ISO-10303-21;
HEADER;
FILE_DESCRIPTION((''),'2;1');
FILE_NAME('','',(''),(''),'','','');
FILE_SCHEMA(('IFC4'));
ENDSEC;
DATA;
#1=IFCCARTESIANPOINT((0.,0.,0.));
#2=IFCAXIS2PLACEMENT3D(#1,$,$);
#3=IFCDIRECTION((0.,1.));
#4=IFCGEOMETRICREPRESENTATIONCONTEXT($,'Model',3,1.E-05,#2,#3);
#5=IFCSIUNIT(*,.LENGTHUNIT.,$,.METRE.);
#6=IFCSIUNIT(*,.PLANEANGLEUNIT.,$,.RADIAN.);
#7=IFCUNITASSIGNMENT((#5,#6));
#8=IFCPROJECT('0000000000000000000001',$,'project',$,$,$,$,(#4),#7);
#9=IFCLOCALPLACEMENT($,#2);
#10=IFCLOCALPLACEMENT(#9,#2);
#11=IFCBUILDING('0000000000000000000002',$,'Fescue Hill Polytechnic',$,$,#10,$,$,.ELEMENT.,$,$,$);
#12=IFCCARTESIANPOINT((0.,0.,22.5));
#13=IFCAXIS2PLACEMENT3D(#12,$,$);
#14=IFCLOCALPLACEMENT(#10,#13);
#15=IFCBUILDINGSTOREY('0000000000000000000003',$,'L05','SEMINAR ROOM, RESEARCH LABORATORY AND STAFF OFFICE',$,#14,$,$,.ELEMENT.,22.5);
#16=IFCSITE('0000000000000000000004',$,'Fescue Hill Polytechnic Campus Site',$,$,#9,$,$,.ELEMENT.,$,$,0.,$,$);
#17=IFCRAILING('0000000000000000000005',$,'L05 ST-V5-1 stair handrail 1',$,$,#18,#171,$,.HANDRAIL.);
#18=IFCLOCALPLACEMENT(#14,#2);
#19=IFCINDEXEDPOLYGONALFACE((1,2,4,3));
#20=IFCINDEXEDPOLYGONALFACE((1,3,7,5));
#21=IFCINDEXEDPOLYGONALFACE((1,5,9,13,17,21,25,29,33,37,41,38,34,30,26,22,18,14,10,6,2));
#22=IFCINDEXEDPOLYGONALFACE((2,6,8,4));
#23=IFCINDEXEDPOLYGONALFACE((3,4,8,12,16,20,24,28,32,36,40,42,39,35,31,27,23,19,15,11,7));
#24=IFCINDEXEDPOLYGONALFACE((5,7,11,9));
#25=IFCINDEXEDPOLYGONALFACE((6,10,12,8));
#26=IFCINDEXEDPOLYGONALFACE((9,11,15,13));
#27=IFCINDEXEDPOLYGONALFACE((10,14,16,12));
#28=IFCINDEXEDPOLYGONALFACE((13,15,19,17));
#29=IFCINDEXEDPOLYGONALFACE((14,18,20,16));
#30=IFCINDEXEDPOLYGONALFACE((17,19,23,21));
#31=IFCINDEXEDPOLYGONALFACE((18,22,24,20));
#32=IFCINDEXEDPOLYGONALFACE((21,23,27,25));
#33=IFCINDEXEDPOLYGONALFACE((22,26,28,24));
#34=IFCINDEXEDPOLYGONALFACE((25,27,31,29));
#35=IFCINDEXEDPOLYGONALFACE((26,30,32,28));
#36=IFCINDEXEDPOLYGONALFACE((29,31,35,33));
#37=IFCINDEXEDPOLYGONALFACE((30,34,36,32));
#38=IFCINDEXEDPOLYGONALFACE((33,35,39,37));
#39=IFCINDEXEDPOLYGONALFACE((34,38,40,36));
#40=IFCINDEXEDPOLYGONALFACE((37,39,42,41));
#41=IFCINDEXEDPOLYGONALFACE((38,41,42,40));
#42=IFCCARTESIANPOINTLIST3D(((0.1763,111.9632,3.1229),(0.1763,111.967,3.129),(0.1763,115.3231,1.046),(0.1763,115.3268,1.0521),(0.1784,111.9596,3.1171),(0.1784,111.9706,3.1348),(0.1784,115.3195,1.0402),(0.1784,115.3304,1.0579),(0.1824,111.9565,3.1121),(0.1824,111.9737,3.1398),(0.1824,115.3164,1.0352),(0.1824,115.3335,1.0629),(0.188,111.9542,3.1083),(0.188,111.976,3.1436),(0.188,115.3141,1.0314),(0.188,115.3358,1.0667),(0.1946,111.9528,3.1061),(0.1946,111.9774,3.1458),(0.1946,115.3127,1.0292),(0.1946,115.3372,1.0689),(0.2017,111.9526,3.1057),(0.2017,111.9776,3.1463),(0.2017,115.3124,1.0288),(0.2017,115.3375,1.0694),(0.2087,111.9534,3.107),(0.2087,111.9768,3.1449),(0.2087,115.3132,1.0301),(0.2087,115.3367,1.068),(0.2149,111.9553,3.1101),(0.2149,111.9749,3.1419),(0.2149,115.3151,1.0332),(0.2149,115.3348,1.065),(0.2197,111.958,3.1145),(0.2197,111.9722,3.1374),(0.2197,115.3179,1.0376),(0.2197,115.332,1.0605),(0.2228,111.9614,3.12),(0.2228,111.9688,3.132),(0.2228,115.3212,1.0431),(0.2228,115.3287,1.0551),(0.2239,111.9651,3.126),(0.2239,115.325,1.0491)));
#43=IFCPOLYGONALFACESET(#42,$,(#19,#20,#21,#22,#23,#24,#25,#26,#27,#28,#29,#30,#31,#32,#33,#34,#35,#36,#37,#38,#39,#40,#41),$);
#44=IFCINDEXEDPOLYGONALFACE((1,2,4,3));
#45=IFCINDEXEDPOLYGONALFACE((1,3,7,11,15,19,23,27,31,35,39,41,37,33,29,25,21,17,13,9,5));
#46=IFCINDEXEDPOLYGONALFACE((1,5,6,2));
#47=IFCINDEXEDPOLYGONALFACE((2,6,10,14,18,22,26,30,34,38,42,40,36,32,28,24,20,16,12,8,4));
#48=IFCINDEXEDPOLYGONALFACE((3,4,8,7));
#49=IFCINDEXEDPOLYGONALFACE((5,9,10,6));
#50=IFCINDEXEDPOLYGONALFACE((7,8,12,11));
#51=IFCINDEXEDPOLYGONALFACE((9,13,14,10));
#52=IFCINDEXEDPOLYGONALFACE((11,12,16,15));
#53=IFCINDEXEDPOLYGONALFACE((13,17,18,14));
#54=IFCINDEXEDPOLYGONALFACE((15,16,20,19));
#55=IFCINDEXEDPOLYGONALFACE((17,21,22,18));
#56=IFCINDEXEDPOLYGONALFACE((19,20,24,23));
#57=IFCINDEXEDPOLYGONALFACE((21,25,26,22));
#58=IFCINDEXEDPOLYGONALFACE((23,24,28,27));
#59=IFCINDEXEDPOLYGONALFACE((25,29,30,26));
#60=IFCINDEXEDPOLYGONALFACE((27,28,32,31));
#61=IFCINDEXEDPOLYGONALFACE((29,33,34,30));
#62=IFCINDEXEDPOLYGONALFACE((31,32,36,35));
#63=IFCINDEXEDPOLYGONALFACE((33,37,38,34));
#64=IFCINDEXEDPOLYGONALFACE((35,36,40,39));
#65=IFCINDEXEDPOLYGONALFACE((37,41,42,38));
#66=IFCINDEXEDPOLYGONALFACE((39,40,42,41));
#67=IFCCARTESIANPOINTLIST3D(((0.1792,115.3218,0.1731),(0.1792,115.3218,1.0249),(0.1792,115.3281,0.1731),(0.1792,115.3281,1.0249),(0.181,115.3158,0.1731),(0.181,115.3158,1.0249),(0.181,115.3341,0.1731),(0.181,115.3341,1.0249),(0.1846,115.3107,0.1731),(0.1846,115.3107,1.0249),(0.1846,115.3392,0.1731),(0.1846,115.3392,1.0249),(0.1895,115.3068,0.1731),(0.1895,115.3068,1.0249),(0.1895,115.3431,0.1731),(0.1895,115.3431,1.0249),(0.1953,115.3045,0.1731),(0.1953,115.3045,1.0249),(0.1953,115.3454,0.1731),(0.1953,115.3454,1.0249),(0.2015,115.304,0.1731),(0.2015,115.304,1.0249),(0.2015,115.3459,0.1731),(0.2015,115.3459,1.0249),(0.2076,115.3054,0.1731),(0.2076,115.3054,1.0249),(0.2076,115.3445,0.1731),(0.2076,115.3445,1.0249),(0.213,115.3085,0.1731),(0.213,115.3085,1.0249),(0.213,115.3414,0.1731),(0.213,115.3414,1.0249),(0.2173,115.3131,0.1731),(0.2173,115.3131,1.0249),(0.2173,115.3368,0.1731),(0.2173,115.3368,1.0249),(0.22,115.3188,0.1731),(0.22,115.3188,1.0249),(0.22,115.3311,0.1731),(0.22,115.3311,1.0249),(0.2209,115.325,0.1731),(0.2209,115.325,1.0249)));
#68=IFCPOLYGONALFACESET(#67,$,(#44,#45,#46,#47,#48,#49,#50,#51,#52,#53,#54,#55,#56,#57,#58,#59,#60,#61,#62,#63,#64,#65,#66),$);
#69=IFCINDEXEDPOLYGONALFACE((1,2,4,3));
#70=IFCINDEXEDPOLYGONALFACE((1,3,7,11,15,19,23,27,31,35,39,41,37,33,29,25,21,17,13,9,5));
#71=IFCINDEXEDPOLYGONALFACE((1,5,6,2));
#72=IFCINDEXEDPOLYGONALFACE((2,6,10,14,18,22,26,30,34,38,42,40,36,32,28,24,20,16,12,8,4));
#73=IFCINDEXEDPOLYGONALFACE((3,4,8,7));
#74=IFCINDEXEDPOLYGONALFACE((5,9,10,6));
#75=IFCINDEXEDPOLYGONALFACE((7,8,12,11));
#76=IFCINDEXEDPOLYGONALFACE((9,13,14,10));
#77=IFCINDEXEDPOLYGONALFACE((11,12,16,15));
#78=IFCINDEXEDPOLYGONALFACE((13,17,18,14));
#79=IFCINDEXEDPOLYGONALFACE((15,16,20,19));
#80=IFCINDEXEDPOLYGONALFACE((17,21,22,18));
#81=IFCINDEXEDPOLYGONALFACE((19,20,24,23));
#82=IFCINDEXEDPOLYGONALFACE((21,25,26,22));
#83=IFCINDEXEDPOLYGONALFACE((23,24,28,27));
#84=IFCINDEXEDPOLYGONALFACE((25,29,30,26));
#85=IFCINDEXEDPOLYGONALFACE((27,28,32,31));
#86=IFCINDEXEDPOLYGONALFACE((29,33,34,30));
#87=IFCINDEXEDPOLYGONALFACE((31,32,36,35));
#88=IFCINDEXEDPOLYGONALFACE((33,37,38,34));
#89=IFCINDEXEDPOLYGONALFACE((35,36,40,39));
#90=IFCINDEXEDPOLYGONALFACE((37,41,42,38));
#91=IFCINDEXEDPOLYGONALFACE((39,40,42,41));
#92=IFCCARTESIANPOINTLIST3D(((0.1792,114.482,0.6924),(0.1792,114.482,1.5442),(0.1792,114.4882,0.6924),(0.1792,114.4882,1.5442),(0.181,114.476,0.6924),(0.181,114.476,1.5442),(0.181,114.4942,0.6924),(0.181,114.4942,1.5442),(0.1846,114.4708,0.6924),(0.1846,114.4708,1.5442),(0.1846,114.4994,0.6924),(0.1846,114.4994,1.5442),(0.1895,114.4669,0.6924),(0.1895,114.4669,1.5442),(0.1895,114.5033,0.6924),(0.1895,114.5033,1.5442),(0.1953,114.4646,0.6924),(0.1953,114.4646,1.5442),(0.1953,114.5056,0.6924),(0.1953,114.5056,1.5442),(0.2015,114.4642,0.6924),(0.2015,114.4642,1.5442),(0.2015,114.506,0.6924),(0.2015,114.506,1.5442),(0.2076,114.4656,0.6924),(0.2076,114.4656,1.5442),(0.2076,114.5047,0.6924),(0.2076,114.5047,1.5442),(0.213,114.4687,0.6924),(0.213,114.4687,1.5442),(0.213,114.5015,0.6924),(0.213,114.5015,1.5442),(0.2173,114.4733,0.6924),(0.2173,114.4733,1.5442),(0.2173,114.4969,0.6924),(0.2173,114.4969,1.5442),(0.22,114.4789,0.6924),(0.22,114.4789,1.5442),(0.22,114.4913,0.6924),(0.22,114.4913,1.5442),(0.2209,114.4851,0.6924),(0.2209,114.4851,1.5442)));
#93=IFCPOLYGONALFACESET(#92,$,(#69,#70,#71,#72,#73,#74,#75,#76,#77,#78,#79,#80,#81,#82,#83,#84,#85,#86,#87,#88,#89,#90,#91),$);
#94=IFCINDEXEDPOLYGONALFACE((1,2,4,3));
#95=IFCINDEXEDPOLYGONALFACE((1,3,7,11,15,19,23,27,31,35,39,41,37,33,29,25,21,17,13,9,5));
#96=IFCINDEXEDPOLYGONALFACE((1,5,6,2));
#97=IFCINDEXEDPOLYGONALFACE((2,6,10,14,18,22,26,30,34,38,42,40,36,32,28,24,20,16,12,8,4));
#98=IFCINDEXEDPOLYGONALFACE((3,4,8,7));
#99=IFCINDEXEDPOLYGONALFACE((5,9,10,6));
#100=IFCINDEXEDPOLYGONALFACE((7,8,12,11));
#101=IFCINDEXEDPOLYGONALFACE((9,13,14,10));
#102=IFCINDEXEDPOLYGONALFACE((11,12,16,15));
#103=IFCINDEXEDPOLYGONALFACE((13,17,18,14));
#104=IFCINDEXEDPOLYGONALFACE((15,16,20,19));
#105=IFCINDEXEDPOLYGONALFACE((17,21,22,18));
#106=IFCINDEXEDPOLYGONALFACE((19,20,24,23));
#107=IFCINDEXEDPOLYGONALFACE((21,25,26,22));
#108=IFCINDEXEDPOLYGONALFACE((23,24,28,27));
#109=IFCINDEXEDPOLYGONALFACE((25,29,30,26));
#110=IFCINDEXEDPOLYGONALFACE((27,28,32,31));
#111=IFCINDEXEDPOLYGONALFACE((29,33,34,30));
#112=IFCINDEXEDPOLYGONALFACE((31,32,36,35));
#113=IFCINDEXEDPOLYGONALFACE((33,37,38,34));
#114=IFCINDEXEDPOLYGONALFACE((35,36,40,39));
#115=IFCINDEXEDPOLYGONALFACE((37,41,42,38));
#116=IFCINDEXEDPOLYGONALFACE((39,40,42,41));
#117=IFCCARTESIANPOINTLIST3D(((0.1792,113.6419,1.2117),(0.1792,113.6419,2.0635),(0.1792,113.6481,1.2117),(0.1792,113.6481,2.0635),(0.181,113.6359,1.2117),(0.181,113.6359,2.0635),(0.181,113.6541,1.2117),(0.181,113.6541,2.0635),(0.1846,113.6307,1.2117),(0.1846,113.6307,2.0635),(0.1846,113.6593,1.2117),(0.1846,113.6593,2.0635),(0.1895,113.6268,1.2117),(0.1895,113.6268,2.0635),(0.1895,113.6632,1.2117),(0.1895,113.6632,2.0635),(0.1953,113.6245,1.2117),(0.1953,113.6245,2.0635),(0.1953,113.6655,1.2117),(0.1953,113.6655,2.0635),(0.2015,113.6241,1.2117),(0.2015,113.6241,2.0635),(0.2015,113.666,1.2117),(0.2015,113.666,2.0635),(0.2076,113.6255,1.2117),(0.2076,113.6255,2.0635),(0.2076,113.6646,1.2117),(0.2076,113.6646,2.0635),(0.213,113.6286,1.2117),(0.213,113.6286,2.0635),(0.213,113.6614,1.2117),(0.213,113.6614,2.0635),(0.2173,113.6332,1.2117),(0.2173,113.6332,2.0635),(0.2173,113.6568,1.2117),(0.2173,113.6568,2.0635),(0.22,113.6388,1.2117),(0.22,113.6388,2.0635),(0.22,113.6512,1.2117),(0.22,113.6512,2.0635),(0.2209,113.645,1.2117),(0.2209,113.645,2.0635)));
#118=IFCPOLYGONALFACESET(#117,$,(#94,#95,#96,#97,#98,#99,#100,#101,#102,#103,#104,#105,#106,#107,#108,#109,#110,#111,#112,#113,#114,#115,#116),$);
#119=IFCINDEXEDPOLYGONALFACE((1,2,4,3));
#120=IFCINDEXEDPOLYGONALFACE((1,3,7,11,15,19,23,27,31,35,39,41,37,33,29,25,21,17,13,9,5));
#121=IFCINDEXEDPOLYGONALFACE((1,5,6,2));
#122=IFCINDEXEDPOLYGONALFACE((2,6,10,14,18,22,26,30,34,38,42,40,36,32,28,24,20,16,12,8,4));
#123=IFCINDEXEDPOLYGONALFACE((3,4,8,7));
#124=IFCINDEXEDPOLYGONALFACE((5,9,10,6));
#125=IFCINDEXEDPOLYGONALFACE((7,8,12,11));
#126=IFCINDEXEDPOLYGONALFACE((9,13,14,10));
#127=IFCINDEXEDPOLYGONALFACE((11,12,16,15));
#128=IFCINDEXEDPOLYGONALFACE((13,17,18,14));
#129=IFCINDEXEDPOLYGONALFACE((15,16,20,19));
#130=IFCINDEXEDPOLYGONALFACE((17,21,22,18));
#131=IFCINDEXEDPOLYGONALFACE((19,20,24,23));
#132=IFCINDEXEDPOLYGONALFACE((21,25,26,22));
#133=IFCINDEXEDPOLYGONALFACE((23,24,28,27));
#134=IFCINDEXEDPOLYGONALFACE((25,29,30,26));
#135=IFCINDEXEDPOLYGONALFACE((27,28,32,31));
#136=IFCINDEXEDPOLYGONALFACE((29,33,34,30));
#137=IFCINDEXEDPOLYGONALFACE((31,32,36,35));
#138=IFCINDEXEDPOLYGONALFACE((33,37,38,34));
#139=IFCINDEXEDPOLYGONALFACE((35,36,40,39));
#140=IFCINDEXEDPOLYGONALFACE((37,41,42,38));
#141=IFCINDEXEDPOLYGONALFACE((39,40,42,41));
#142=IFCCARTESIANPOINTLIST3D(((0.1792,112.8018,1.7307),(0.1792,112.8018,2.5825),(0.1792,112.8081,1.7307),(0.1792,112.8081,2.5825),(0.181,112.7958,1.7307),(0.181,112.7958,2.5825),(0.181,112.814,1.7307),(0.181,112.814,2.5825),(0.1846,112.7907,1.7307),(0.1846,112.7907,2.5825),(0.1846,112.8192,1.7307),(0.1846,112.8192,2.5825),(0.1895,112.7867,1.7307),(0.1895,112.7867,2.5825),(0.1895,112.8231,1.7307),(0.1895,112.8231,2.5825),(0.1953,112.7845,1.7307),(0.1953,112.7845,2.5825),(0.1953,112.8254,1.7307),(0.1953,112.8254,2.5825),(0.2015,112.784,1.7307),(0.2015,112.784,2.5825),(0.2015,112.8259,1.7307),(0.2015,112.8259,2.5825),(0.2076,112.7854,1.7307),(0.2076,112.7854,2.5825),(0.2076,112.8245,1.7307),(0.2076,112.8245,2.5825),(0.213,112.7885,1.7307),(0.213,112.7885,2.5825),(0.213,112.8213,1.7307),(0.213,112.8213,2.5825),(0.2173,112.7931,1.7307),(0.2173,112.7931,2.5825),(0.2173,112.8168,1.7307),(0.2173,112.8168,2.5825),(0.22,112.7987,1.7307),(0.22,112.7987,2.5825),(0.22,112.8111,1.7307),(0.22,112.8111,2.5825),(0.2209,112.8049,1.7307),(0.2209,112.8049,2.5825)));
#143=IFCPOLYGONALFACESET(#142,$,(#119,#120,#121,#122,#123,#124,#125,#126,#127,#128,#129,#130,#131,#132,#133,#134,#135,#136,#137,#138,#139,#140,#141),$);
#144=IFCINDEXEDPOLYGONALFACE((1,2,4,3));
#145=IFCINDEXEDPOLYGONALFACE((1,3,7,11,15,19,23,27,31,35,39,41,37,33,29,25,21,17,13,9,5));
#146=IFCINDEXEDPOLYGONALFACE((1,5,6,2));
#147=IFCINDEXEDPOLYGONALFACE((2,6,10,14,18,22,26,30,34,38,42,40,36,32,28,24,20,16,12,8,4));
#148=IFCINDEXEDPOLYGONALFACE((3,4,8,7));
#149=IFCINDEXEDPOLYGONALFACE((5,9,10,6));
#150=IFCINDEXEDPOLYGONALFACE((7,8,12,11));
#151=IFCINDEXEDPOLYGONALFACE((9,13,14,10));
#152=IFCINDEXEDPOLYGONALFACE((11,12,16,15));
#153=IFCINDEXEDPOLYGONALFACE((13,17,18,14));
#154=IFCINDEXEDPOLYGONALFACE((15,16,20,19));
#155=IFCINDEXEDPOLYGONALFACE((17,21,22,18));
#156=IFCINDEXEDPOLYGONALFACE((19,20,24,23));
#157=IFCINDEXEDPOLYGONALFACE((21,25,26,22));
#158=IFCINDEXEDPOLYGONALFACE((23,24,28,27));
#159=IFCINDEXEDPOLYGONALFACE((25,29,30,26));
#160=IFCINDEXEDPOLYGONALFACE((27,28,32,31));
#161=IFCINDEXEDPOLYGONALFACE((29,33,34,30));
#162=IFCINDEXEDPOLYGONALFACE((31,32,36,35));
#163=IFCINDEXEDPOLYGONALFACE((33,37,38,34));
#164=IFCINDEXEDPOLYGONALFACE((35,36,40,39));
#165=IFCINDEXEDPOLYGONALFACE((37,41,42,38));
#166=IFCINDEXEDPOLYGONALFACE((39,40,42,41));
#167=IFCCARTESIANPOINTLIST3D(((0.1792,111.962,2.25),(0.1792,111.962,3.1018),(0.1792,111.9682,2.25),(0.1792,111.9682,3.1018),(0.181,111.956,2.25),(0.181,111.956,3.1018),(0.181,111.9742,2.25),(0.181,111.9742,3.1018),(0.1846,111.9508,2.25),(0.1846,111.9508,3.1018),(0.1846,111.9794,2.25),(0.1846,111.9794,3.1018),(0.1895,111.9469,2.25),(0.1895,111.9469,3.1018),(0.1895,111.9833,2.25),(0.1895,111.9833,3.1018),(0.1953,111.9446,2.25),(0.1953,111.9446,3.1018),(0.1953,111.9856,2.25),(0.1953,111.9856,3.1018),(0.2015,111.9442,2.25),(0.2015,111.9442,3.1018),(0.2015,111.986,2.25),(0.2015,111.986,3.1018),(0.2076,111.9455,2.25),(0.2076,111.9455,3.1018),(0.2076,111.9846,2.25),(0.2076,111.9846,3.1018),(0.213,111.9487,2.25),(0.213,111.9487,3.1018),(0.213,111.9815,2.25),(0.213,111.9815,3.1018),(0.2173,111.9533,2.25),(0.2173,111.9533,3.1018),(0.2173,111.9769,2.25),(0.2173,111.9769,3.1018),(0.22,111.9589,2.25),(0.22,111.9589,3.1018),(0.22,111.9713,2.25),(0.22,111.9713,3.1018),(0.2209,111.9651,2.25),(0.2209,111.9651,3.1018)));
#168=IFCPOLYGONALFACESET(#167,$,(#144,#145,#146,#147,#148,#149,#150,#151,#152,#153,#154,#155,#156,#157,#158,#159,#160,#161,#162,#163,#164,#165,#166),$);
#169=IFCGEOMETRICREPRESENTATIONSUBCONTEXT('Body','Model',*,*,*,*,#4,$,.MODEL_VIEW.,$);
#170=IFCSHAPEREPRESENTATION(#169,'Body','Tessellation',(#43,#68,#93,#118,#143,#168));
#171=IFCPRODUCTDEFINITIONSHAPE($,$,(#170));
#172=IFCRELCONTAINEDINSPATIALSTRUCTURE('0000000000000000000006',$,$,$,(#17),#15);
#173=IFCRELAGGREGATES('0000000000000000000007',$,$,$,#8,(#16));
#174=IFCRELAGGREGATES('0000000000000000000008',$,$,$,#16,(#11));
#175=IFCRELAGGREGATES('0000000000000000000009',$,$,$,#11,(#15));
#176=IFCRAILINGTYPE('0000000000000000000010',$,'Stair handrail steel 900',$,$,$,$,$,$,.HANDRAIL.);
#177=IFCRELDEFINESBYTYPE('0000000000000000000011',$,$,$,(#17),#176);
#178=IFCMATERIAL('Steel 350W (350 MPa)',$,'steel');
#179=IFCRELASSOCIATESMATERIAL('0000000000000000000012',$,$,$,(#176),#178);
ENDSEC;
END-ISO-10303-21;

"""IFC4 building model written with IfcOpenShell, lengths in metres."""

from ifc_helpers import new_model, si_unit, direction, frame, origin, origin_2d, place, context, subcontext, project, spatial, circle, extrude, material, type_object, element, save


model = new_model("IFC4")

# Units and contexts
model_context = context("Model", 3, precision=1e-05, world=origin(), true_north=direction((0.0, 1.0)))
body_context = subcontext(model_context, "Body", "Model", "MODEL_VIEW")
ifc_project = project(units=[si_unit("LENGTHUNIT", "METRE"), si_unit("PLANEANGLEUNIT", "RADIAN")], contexts=[model_context])

# Site, building, storey
site_placement = place(None, origin())
site = spatial("IfcSite", under=ifc_project, at=site_placement, Name="Fescue Hill Polytechnic Campus Site", CompositionType="ELEMENT", RefElevation=0.0)
building_placement = place(site_placement, origin())
building = spatial("IfcBuilding", under=site, at=building_placement, Name="Fescue Hill Polytechnic", CompositionType="ELEMENT")
storey_placement = place(building_placement, frame((0.0, 0.0, 22.5)))
storey = spatial("IfcBuildingStorey", under=building, at=storey_placement, Name="L05", Description="SEMINAR ROOM, RESEARCH LABORATORY AND STAFF OFFICE", CompositionType="ELEMENT", Elevation=22.5)

# Railing
ifc_material_1 = material(Name="Steel 350W (350 MPa)", Category="steel")
railing_type_1 = type_object("IfcRailingType", Name="Stair handrail steel 900", PredefinedType="HANDRAIL", material=ifc_material_1)
for number, where, name in (
    (1, (0.2, 115.325, 0.1731), "L05 ST-V5-1 stair handrail 1"),
):
    element("IfcRailing", number, at=place(storey_placement, frame(where)), inside=storey, type_object=railing_type_1, Name=name, PredefinedType="HANDRAIL", context=body_context, shape_type="SweptSolid", body=[
        extrude(circle(Radius=0.0239, at=origin_2d()), frame((0.0, 0.0, 0.876), z_axis=(0.0, -0.850606, 0.525803), x_axis=(1.0, 0.0, 0.0)), (0.0, 0.0, 1.0), 3.95),
        extrude(circle(Radius=0.021, at=origin_2d()), origin(), (0.0, 0.0, 1.0), 0.8518),
        extrude(circle(Radius=0.021, at=origin_2d()), frame((0.0, -0.8398, 0.5193)), (0.0, 0.0, 1.0), 0.8518),
        extrude(circle(Radius=0.021, at=origin_2d()), frame((0.0, -1.6799, 1.0386)), (0.0, 0.0, 1.0), 0.8518),
        extrude(circle(Radius=0.021, at=origin_2d()), frame((0.0, -2.52, 1.5576)), (0.0, 0.0, 1.0), 0.8518),
        extrude(circle(Radius=0.021, at=origin_2d()), frame((0.0, -3.3599, 2.0769)), (0.0, 0.0, 1.0), 0.8518),
    ])

save(model, "model.ifc")
